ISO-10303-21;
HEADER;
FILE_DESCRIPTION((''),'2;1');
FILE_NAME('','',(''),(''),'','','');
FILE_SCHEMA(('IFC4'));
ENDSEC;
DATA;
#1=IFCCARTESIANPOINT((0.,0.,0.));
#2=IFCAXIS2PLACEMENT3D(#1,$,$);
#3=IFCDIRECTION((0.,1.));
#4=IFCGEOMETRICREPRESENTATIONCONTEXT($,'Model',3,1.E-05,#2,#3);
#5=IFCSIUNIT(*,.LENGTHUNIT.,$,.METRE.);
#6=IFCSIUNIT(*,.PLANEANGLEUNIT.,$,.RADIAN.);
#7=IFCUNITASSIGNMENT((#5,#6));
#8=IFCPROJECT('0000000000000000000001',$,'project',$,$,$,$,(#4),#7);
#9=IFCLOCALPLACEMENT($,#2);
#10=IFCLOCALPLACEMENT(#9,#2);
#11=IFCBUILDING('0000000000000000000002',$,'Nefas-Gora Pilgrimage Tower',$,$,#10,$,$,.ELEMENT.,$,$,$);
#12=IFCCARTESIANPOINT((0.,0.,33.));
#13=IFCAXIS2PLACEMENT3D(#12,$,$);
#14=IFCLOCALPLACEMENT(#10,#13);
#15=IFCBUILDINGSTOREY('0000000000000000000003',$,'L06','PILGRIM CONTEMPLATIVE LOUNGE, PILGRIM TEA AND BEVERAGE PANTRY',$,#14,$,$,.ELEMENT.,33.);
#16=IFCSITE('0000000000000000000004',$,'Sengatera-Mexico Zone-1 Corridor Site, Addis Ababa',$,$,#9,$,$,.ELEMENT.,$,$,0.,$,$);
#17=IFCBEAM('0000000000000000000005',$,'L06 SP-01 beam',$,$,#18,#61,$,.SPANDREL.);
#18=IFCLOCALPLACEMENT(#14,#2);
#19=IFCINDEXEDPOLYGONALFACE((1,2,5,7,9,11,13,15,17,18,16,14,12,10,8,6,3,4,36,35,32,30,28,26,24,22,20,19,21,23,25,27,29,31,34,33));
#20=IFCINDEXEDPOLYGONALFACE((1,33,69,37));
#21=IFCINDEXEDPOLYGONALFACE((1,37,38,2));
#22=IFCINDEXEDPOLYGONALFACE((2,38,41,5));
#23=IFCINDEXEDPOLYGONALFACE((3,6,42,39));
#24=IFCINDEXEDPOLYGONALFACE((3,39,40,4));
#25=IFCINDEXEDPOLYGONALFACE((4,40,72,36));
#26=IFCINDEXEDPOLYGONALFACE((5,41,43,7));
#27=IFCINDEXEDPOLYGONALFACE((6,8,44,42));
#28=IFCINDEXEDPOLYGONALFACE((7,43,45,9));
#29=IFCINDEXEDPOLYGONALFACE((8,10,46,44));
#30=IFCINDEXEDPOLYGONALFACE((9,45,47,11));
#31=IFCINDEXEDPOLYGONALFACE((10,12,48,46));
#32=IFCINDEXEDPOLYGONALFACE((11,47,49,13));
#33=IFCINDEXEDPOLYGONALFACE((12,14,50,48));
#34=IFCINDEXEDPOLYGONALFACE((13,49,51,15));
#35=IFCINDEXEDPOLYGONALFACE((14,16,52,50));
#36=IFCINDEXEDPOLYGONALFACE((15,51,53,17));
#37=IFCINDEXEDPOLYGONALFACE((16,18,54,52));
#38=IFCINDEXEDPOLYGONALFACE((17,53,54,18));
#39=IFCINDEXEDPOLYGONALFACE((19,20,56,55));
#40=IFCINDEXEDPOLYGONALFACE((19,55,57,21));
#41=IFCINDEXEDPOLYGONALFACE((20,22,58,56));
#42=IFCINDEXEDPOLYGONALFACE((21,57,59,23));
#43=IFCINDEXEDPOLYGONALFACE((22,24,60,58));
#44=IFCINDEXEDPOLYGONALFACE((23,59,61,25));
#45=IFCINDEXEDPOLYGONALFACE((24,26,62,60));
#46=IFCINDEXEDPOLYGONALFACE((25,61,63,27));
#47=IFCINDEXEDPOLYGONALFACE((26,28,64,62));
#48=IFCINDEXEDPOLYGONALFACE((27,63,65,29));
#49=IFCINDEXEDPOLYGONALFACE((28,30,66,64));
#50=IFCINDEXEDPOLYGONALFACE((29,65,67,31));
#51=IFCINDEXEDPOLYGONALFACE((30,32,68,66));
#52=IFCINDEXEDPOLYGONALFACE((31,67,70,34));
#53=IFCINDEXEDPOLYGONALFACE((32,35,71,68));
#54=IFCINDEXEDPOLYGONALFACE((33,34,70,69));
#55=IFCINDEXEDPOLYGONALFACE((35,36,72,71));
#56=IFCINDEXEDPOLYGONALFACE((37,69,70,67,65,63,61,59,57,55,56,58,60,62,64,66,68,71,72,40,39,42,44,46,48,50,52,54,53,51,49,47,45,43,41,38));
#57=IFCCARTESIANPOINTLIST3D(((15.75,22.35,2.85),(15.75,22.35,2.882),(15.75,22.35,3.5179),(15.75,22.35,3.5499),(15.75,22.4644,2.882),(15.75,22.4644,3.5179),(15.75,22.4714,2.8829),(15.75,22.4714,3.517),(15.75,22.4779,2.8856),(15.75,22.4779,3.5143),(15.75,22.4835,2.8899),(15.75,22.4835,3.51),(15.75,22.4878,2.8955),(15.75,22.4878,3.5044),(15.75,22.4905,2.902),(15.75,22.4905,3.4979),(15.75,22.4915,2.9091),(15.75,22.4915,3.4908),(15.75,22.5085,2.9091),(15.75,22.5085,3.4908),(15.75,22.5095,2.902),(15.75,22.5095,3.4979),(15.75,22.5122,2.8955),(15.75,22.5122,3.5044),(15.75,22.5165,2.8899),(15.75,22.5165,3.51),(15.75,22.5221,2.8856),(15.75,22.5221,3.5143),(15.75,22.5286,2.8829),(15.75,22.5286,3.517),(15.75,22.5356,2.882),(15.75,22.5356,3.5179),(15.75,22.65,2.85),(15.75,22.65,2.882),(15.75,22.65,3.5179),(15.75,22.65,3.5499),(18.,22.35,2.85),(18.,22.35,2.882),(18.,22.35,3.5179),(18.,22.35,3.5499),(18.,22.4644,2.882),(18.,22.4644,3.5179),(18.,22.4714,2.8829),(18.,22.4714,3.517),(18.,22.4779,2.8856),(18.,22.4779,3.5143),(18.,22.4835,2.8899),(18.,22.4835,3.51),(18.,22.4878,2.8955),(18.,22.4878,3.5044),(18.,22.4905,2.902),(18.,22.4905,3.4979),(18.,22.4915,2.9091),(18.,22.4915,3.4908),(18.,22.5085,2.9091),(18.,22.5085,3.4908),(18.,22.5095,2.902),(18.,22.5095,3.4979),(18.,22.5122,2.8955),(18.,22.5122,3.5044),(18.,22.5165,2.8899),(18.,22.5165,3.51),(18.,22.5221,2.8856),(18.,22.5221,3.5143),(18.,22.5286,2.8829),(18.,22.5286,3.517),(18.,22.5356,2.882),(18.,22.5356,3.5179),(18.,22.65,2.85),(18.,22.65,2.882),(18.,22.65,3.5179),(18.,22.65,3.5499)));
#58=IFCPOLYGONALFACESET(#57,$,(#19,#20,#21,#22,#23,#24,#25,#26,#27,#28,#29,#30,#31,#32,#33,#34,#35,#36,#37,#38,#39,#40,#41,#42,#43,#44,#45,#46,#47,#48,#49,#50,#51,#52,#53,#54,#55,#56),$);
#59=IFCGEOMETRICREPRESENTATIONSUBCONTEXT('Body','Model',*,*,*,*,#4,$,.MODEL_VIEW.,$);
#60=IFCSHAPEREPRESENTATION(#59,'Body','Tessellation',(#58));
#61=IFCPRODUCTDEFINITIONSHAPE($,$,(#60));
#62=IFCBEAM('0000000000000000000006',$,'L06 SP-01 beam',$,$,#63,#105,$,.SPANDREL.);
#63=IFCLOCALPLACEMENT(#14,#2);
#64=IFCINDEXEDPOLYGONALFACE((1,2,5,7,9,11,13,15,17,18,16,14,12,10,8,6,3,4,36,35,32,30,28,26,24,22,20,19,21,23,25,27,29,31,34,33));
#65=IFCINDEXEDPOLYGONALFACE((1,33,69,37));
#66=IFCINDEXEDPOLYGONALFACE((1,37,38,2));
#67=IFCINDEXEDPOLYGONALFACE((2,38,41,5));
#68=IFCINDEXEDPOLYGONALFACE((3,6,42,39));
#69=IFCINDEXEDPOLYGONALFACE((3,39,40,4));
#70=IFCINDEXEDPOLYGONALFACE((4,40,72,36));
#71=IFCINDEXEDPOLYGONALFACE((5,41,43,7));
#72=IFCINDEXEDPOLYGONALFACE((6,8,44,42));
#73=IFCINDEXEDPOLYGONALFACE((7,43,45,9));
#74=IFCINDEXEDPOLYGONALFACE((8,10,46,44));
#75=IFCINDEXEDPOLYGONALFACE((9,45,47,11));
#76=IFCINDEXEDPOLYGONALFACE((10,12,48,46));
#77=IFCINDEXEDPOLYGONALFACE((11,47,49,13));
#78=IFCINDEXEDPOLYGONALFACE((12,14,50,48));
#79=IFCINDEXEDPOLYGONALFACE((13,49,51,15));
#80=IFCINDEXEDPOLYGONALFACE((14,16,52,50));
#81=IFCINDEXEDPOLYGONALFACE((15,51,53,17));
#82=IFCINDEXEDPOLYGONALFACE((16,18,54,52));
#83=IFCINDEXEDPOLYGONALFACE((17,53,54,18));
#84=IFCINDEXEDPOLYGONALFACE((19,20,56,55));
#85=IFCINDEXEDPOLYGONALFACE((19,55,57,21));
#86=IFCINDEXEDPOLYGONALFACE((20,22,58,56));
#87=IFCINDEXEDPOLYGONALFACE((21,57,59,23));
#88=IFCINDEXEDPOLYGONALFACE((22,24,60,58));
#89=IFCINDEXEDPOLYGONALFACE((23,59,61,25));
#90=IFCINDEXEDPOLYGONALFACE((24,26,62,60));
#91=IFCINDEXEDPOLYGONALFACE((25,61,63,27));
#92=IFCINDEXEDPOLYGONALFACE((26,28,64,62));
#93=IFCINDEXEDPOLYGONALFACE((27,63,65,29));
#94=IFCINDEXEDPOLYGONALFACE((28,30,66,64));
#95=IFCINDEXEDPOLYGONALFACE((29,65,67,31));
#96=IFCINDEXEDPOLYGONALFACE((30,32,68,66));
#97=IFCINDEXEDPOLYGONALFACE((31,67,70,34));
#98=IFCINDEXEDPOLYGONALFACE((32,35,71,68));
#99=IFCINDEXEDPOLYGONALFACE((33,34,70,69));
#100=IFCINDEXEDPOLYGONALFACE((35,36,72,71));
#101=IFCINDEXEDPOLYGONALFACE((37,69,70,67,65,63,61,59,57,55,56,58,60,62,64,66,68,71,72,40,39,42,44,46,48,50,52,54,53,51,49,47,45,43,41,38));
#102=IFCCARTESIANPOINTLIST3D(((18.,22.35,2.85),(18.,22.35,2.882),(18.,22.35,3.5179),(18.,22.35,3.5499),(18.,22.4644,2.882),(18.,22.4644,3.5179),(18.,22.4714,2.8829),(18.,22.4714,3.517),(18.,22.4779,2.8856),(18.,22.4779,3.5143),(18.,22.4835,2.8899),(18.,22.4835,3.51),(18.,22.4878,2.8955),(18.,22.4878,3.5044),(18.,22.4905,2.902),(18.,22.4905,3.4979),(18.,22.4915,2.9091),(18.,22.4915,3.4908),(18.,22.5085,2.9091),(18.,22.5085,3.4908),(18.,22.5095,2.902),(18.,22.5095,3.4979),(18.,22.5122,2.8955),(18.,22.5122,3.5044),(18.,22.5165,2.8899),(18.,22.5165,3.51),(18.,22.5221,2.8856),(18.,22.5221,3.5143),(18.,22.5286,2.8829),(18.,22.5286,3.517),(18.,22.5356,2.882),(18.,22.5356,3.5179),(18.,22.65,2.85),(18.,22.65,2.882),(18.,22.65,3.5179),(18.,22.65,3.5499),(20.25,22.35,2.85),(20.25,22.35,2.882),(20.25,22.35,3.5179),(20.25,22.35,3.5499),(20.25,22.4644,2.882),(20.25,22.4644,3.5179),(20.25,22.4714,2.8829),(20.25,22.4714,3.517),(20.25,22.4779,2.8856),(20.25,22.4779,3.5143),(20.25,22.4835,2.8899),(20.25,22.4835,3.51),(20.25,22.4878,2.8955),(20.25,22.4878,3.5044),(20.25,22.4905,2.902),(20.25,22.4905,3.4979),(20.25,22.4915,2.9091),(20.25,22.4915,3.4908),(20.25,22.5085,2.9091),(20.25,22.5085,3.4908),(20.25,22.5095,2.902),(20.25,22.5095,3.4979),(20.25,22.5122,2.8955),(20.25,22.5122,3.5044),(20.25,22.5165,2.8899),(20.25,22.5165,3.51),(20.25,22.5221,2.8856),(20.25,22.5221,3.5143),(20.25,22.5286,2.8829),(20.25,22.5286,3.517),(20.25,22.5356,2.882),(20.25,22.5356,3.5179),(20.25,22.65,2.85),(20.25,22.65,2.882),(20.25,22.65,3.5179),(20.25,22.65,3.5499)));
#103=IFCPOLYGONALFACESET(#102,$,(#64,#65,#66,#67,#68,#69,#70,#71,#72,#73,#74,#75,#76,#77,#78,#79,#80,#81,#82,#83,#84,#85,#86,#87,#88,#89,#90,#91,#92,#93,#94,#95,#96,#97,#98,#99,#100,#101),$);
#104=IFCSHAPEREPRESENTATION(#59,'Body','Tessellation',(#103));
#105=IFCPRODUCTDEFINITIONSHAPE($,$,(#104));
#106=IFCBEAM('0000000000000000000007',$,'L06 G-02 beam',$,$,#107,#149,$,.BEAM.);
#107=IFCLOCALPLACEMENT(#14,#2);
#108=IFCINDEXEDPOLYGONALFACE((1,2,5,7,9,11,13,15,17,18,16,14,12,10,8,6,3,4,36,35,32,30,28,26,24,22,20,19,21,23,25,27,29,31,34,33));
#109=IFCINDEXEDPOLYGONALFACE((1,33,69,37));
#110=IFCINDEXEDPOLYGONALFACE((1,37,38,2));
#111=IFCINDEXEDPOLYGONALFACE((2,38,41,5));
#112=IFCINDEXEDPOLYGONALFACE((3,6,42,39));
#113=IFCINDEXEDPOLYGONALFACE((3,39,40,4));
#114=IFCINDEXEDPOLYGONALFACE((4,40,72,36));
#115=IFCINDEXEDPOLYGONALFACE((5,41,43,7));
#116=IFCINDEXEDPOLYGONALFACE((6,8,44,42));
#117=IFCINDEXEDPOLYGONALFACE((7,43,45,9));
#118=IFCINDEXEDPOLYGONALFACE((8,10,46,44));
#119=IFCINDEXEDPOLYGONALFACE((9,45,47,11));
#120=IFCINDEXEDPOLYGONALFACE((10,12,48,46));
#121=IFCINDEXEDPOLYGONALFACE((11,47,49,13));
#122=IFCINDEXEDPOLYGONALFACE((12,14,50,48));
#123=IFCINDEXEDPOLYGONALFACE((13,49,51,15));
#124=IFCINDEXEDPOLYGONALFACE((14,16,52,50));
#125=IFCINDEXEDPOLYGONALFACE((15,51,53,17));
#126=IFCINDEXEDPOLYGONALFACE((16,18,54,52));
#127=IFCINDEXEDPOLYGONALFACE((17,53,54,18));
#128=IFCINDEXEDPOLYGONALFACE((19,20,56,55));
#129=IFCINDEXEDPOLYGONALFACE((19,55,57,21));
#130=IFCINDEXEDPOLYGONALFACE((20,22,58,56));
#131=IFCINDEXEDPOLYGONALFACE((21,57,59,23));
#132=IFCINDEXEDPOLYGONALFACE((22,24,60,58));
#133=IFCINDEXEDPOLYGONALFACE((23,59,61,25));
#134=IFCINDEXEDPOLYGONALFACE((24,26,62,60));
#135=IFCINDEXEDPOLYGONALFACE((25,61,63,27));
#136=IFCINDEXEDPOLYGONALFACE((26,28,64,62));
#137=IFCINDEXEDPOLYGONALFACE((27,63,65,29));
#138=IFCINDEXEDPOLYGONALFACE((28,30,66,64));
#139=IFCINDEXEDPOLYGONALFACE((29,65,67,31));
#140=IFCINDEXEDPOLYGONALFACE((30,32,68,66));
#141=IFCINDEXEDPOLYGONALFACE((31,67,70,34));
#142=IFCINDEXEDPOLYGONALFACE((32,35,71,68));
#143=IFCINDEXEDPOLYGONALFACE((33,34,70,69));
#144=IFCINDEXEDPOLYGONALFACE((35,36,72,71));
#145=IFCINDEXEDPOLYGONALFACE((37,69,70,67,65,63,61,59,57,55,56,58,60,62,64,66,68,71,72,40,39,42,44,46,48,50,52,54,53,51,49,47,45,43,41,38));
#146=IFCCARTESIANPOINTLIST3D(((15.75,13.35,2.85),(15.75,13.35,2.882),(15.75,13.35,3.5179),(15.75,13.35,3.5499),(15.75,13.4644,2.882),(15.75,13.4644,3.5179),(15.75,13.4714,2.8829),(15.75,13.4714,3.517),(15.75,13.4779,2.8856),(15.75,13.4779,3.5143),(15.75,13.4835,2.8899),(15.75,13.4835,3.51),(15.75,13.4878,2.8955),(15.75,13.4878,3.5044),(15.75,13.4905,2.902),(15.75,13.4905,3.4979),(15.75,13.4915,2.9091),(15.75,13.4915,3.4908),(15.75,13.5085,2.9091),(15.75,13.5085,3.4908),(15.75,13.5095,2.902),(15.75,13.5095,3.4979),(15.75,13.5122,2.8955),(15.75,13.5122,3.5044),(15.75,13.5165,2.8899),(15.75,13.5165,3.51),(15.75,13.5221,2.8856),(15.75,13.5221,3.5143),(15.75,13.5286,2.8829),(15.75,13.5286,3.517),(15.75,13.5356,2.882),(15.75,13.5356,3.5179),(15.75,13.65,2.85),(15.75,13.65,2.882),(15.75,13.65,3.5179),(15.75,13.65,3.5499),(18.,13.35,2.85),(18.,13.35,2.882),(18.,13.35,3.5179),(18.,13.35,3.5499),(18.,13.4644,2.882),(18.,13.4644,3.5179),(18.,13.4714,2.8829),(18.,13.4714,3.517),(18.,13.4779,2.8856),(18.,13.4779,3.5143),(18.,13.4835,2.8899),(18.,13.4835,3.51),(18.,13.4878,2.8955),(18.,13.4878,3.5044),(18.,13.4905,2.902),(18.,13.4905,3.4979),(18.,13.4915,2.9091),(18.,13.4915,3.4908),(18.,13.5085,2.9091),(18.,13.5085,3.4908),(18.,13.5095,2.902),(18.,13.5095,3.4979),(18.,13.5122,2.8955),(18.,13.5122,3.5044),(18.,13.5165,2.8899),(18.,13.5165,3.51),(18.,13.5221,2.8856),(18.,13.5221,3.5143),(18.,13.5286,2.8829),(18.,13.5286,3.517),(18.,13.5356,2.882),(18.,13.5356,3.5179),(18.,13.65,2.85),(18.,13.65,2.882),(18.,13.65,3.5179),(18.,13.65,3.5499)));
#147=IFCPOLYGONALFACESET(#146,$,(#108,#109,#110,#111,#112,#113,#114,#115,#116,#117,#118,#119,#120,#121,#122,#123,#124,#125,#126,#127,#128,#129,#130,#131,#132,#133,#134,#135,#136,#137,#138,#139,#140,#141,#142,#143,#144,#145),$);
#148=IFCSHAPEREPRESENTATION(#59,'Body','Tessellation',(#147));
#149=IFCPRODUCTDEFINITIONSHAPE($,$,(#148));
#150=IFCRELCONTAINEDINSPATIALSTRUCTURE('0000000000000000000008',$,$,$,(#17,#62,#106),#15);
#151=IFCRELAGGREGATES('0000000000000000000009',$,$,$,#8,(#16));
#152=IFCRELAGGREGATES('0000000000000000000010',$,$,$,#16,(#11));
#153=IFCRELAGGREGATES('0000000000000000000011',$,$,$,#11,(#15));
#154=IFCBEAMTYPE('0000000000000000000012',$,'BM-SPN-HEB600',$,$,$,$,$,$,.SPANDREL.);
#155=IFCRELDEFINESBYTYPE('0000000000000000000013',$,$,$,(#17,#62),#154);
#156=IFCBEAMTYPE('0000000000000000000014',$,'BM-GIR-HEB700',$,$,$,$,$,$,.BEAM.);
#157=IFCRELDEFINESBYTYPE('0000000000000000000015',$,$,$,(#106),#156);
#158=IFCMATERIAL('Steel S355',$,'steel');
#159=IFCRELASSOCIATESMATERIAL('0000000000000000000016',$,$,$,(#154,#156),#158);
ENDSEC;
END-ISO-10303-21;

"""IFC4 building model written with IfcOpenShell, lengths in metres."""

from ifc_helpers import new_model, si_unit, direction, frame, origin, origin_2d, place, context, subcontext, project, spatial, i_section, extrude, source, transform, mapped, material, material_profile, profile_set, type_object, element, save


model = new_model("IFC4")

# Units and contexts
model_context = context("Model", 3, precision=1e-05, world=origin(), true_north=direction((0.0, 1.0)))
body_context = subcontext(model_context, "Body", "Model", "MODEL_VIEW")
ifc_project = project(units=[si_unit("LENGTHUNIT", "METRE"), si_unit("PLANEANGLEUNIT", "RADIAN")], contexts=[model_context])

# Site, building, storey
site_placement = place(None, origin())
site = spatial("IfcSite", under=ifc_project, at=site_placement, Name="Sengatera-Mexico Zone-1 Corridor Site, Addis Ababa", CompositionType="ELEMENT", RefElevation=0.0)
building_placement = place(site_placement, origin())
building = spatial("IfcBuilding", under=site, at=building_placement, Name="Nefas-Gora Pilgrimage Tower", CompositionType="ELEMENT")
storey_placement = place(building_placement, frame((0.0, 0.0, 33.0)))
storey = spatial("IfcBuildingStorey", under=building, at=storey_placement, Name="L06", Description="PILGRIM CONTEMPLATIVE LOUNGE, PILGRIM TEA AND BEVERAGE PANTRY", CompositionType="ELEMENT", Elevation=33.0)

# Beams
ifc_material_1 = material(Name="Steel S355", Category="steel")
ifc_material_profile_1 = material_profile(ifc_material_1, i_section(OverallWidth=0.3, OverallDepth=0.7, WebThickness=0.0171, FlangeThickness=0.032, FilletRadius=0.0271, at=origin_2d()), Name="HEB 700")
ifc_profile_set_1 = profile_set([ifc_material_profile_1], Name="Steel S355")
beam_type_1 = type_object("IfcBeamType", Name="BM-SPN-HEB600", PredefinedType="SPANDREL", material=ifc_profile_set_1)
ifc_material_profile_2 = material_profile(ifc_material_1, i_section(OverallWidth=0.3, OverallDepth=0.7, WebThickness=0.0171, FlangeThickness=0.032, FilletRadius=0.0271, at=origin_2d()), Name="HEB 700")
ifc_profile_set_2 = profile_set([ifc_material_profile_2], Name="Steel S355")
beam_type_2 = type_object("IfcBeamType", Name="BM-GIR-HEB700", PredefinedType="BEAM", material=ifc_profile_set_2)
shared_shape_1 = source(origin(), body_context, "Body", "SweptSolid", [
    extrude(i_section(OverallWidth=0.3, OverallDepth=0.7, WebThickness=0.0171, FlangeThickness=0.032, FilletRadius=0.0271, at=origin_2d()), origin(), (0.0, 0.0, 1.0), 2.25),
])
for number, where, z_axis, x_axis, name in (
    (1, (15.75, 22.5, 3.2), (1.0, 0.0, 0.0), (0.0, 1.0, 0.0), "L06 SP-01 beam"),
    (2, (18.0, 22.5, 3.2), (1.0, 0.0, 0.0), (0.0, 1.0, 0.0), "L06 SP-01 beam"),
):
    element("IfcBeam", number, at=place(storey_placement, frame(where, z_axis=z_axis, x_axis=x_axis)), inside=storey, type_object=beam_type_1, Name=name, PredefinedType="SPANDREL", context=body_context, shape_type="MappedRepresentation", body=[
        mapped(shared_shape_1, transform((0.0, 0.0, 0.0), x_axis=(1.0, 0.0, 0.0), y_axis=(0.0, 1.0, 0.0), z_axis=(0.0, 0.0, 1.0), scale=1.0)),
    ])
shared_shape_2 = source(origin(), body_context, "Body", "SweptSolid", [
    extrude(i_section(OverallWidth=0.3, OverallDepth=0.7, WebThickness=0.0171, FlangeThickness=0.032, FilletRadius=0.0271, at=origin_2d()), origin(), (0.0, 0.0, 1.0), 2.25),
])
beam_1_placement = place(storey_placement, frame((15.75, 13.5, 3.2), z_axis=(1.0, 0.0, 0.0), x_axis=(0.0, 1.0, 0.0)))
element("IfcBeam", 3, at=beam_1_placement, inside=storey, type_object=beam_type_2, Name="L06 G-02 beam", PredefinedType="BEAM", context=body_context, shape_type="MappedRepresentation", body=[
    mapped(shared_shape_2, transform((0.0, 0.0, 0.0), x_axis=(1.0, 0.0, 0.0), y_axis=(0.0, 1.0, 0.0), z_axis=(0.0, 0.0, 1.0), scale=1.0)),
])

save(model, "model.ifc")
